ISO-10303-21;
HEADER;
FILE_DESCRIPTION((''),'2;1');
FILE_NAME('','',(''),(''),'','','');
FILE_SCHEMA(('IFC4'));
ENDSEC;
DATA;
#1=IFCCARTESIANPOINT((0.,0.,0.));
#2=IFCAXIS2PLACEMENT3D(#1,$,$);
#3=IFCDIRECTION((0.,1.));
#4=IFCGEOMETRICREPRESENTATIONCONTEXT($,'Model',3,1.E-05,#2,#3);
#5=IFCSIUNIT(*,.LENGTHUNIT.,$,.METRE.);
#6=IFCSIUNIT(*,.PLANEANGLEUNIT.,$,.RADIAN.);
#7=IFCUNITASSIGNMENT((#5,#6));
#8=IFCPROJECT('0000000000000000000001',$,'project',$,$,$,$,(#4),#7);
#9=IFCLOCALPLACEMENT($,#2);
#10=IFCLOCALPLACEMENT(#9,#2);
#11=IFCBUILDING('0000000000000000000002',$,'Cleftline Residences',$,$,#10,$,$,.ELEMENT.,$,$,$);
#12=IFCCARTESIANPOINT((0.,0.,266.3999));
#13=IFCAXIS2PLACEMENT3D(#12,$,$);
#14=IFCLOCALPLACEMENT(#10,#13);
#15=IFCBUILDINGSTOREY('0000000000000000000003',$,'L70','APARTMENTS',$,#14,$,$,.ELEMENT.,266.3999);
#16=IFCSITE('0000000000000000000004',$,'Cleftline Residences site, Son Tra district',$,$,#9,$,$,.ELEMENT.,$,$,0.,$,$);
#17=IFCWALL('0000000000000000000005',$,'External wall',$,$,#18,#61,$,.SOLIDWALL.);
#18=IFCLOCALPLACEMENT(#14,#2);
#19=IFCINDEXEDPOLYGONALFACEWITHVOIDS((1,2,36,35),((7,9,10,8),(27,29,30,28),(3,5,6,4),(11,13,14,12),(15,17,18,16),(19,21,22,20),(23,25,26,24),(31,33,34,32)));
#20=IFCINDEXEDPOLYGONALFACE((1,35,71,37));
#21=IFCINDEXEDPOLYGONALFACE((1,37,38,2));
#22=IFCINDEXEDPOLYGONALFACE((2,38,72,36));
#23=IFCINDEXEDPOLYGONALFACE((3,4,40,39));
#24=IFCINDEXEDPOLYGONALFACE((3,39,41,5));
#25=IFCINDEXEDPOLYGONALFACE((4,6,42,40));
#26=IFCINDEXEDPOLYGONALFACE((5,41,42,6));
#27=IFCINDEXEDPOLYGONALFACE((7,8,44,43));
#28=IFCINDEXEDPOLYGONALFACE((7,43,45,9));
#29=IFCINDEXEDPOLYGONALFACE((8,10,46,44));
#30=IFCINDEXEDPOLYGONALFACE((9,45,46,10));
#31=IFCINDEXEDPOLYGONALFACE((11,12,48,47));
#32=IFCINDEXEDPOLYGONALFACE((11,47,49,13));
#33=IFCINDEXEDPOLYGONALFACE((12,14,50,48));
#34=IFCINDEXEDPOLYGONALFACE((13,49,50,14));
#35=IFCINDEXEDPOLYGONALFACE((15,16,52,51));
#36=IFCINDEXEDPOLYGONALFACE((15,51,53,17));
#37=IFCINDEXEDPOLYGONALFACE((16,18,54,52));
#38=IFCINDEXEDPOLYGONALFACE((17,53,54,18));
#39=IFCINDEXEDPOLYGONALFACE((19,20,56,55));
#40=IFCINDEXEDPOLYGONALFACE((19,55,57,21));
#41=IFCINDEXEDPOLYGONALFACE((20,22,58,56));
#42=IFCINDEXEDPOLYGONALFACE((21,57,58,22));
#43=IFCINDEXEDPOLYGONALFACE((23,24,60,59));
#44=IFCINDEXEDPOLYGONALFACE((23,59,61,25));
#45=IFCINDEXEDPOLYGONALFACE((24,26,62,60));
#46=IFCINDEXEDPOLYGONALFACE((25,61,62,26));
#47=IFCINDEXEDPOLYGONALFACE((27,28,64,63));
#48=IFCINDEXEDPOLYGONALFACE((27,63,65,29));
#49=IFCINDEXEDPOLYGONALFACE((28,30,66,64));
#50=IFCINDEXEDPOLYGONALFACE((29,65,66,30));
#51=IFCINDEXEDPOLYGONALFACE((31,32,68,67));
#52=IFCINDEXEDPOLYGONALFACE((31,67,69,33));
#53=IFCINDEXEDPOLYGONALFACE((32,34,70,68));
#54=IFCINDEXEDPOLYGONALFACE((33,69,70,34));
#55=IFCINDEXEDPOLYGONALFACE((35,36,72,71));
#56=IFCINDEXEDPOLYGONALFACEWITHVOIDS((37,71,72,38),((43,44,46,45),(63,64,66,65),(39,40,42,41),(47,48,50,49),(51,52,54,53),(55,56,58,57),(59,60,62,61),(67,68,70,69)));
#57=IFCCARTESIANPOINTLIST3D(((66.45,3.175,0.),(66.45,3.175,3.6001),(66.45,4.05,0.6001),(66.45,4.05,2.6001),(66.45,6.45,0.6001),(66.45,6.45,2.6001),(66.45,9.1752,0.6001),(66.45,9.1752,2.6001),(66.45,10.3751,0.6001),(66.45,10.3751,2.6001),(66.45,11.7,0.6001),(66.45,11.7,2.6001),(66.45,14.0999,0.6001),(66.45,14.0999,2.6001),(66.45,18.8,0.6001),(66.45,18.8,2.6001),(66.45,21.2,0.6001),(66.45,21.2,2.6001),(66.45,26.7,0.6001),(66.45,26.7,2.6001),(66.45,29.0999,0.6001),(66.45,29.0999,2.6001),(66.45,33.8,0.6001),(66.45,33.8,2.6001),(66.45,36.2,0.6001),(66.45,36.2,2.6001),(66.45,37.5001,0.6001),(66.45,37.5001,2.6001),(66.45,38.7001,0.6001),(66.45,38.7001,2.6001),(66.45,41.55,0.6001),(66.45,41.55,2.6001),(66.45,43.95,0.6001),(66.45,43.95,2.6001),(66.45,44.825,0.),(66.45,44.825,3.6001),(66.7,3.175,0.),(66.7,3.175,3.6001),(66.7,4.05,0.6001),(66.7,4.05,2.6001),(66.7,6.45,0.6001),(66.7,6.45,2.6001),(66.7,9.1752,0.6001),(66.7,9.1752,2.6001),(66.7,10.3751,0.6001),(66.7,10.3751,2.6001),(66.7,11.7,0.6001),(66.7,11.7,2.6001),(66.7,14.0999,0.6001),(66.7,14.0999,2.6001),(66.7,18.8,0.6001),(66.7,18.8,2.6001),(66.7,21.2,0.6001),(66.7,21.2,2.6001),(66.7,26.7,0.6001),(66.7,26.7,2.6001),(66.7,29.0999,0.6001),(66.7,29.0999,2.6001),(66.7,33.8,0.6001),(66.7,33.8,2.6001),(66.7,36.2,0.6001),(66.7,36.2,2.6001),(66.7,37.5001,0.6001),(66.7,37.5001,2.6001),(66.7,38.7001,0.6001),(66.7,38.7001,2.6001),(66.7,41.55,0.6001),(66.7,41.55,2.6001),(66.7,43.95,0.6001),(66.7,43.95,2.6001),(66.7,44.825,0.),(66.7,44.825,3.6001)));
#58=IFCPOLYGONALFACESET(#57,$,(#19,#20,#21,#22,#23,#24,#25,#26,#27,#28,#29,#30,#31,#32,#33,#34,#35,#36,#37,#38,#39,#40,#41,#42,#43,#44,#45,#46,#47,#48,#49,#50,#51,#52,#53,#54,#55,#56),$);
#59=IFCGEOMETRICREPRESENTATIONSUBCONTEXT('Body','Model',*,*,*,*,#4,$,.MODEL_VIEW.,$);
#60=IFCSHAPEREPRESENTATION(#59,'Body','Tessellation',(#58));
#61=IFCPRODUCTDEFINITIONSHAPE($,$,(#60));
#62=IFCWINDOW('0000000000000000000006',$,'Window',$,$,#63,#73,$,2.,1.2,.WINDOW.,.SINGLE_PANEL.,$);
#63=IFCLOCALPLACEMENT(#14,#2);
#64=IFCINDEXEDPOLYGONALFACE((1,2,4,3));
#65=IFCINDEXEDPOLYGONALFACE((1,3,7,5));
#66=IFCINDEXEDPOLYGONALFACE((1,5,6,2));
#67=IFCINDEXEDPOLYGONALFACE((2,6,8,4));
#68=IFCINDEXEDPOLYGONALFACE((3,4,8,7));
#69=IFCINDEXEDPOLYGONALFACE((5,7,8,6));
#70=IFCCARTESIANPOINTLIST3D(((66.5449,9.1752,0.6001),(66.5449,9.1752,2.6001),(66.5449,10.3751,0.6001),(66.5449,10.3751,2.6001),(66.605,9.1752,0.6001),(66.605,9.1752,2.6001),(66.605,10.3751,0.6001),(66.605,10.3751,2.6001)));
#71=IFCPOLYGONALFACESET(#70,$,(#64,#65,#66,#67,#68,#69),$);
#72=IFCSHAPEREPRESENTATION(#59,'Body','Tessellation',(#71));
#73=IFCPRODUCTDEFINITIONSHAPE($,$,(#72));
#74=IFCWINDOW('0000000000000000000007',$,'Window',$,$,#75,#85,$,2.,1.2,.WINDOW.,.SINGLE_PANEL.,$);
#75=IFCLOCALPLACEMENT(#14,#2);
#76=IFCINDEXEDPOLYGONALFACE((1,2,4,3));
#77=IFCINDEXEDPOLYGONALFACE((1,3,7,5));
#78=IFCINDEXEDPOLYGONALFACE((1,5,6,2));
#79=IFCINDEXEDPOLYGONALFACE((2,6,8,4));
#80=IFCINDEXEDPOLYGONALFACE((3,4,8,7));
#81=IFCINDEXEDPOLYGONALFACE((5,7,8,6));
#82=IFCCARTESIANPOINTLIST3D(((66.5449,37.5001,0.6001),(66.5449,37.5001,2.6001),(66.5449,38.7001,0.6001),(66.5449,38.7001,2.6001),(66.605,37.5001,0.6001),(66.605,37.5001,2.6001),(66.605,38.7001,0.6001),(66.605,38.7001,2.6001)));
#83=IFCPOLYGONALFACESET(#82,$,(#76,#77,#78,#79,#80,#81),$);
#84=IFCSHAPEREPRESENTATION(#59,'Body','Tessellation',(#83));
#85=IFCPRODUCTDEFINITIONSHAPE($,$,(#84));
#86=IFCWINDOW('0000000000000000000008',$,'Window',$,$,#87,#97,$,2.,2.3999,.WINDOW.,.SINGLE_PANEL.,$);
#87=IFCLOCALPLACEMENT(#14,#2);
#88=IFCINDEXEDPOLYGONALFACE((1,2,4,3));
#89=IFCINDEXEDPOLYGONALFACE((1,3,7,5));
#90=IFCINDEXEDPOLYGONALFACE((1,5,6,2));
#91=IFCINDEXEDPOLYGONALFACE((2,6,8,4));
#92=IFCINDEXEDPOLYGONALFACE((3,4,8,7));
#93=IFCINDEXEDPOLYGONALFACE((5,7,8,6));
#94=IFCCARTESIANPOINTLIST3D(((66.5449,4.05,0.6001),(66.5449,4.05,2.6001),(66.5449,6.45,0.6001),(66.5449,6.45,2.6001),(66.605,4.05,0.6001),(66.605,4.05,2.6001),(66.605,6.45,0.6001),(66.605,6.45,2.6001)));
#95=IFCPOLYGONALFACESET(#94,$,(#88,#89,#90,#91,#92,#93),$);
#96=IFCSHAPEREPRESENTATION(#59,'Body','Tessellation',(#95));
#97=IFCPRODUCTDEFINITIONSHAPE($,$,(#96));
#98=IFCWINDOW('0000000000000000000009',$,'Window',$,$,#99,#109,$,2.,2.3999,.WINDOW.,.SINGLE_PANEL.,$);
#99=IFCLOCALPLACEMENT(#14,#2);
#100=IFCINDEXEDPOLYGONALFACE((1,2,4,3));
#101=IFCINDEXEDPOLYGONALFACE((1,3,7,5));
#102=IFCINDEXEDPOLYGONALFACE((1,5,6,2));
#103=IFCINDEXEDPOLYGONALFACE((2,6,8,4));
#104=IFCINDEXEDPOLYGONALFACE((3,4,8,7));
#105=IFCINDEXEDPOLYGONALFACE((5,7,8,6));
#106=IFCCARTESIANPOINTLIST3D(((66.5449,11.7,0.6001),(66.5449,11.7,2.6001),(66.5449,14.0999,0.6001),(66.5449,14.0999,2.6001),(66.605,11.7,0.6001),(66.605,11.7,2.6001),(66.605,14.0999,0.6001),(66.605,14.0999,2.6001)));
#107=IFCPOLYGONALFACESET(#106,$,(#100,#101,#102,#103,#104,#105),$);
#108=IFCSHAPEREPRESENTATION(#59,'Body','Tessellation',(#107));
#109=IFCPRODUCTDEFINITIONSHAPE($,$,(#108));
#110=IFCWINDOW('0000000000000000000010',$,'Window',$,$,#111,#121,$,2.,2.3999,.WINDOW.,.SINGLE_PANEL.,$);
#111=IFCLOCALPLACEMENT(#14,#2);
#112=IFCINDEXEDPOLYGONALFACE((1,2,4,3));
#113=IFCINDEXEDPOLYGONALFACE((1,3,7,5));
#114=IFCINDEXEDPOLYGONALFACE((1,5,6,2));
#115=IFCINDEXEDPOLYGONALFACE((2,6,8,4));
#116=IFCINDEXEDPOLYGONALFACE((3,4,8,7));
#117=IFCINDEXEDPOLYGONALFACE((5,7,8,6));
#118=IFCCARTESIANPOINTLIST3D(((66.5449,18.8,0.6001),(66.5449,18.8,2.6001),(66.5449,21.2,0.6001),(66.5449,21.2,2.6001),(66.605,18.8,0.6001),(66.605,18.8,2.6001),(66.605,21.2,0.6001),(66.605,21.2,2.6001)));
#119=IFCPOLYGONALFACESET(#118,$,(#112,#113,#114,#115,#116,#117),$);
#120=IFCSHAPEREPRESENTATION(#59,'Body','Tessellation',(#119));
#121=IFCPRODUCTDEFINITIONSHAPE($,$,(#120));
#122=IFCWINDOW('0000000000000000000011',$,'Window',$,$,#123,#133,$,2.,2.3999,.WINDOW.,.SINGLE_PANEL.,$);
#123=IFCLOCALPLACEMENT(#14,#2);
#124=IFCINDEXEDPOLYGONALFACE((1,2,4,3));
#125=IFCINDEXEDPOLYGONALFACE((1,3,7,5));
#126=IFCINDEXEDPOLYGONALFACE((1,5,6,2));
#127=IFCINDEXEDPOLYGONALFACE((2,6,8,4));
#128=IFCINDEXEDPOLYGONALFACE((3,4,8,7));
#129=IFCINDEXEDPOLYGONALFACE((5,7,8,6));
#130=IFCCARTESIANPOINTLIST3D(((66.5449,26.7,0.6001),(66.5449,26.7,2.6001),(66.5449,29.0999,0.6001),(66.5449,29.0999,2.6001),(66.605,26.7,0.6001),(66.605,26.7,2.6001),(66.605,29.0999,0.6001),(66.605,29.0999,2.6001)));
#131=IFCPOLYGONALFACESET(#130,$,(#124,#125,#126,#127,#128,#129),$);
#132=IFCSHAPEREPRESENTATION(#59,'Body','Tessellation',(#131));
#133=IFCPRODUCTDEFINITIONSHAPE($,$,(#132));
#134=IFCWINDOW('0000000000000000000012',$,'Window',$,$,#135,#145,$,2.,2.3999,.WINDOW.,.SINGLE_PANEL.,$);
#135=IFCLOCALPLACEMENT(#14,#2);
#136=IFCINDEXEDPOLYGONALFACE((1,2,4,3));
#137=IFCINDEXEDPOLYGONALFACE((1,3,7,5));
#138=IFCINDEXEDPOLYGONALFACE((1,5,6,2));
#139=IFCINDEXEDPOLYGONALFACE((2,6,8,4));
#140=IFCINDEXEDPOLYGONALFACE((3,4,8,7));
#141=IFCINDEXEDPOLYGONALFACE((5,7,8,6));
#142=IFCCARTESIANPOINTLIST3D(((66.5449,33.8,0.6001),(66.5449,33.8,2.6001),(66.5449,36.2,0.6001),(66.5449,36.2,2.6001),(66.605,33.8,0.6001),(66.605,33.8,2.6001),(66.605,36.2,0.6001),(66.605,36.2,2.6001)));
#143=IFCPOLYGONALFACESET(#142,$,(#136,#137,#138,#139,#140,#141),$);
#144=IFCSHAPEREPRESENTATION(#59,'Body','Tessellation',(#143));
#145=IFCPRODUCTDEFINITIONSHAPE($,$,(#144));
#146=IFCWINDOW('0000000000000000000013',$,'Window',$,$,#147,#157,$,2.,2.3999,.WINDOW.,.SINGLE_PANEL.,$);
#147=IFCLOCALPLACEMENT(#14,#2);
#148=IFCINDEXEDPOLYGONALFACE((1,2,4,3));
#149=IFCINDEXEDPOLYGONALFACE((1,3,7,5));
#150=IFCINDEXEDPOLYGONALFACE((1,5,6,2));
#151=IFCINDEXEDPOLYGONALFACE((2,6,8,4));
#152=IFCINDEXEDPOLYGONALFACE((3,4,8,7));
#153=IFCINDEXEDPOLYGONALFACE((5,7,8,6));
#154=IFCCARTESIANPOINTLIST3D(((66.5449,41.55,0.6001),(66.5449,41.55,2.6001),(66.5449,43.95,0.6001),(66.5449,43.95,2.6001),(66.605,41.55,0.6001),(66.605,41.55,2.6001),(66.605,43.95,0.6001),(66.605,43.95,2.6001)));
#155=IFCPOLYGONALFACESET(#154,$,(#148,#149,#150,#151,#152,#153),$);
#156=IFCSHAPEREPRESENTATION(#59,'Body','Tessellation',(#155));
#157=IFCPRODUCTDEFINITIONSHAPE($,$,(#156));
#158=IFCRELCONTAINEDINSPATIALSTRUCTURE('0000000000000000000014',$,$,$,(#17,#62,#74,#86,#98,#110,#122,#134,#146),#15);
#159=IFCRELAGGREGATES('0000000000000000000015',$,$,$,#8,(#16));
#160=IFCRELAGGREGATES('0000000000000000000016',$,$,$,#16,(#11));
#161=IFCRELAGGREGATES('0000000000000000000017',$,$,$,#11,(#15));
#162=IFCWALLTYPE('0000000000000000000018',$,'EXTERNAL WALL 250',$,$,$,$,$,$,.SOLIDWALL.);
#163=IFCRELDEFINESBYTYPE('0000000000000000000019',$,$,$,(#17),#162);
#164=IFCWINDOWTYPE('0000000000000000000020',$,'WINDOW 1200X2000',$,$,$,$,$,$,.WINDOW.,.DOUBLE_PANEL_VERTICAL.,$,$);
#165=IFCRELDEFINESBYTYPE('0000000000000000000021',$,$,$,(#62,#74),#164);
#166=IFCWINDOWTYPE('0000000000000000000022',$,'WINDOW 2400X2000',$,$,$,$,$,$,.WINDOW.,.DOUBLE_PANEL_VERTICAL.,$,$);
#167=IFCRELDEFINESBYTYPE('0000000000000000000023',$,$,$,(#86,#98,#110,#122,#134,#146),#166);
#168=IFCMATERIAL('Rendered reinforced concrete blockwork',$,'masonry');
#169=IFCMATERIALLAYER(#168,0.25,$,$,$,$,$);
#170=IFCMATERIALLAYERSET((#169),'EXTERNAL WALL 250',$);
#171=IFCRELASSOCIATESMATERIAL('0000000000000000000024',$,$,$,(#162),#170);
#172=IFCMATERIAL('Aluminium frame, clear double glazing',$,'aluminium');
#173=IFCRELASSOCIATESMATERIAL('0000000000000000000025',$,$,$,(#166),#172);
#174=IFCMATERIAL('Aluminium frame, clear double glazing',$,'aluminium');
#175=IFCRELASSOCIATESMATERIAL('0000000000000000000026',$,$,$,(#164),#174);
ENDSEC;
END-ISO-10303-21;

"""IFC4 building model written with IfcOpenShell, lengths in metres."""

from ifc_helpers import new_model, si_unit, direction, frame, frame_2d, origin, place, context, subcontext, project, spatial, rectangle, extrude, material, layer, layer_set, type_object, element, fill, save


model = new_model("IFC4")

# Units and contexts
model_context = context("Model", 3, precision=1e-05, world=origin(), true_north=direction((0.0, 1.0)))
body_context = subcontext(model_context, "Body", "Model", "MODEL_VIEW")
ifc_project = project(units=[si_unit("LENGTHUNIT", "METRE"), si_unit("PLANEANGLEUNIT", "RADIAN")], contexts=[model_context])

# Site, building, storey
site_placement = place(None, origin())
site = spatial("IfcSite", under=ifc_project, at=site_placement, Name="Cleftline Residences site, Son Tra district", CompositionType="ELEMENT", RefElevation=0.0)
building_placement = place(site_placement, origin())
building = spatial("IfcBuilding", under=site, at=building_placement, Name="Cleftline Residences", CompositionType="ELEMENT")
storey_placement = place(building_placement, frame((0.0, 0.0, 266.3999)))
storey = spatial("IfcBuildingStorey", under=building, at=storey_placement, Name="L70", Description="APARTMENTS", CompositionType="ELEMENT", Elevation=266.3999)

# Shared definitions
ifc_material_1 = material(Name="Rendered reinforced concrete blockwork", Category="masonry")
ifc_layer_1 = layer(ifc_material_1, 0.25)
ifc_layer_set_1 = layer_set([ifc_layer_1], Name="EXTERNAL WALL 250")
wall_type = type_object("IfcWallType", Name="EXTERNAL WALL 250", PredefinedType="SOLIDWALL", material=ifc_layer_set_1)
ifc_material_2 = material(Name="Aluminium frame, clear double glazing", Category="aluminium")
window_type_1 = type_object("IfcWindowType", Name="WINDOW 2400X2000", PartitioningType="DOUBLE_PANEL_VERTICAL", PredefinedType="WINDOW", material=ifc_material_2)

# Wall, openings, windows
wall_1_placement = place(storey_placement, frame((66.575, 3.175, 0.0), z_axis=(0.0, 0.0, 1.0), x_axis=(0.0, 1.0, 0.0)))
wall_1 = element("IfcWall", 1, at=wall_1_placement, inside=storey, type_object=wall_type, Name="External wall", PredefinedType="SOLIDWALL", context=body_context, shape_type="SweptSolid", body=[
    extrude(rectangle(XDim=41.6499, YDim=0.25, at=frame_2d((20.825, 0.0))), origin(), (0.0, 0.0, 1.0), 3.6001),
])
opening_1_placement = place(wall_1_placement, frame((0.875, 0.0, 0.6001)))
opening_1 = element("IfcOpeningElement", 2, at=opening_1_placement, cuts=wall_1, PredefinedType="OPENING", context=body_context, shape_type="SweptSolid", body=[
    extrude(rectangle(XDim=2.3999, YDim=2.0, at=frame_2d((1.2, 1.0))), frame((0.0, 0.135, 0.0), z_axis=(0.0, -1.0, 0.0), x_axis=(1.0, 0.0, 0.0)), (0.0, 0.0, 1.0), 0.27),
])
opening_2_placement = place(wall_1_placement, frame((6.0, 0.0, 0.6001)))
opening_2 = element("IfcOpeningElement", 3, at=opening_2_placement, cuts=wall_1, PredefinedType="OPENING", context=body_context, shape_type="SweptSolid", body=[
    extrude(rectangle(XDim=1.2, YDim=2.0, at=frame_2d((0.6001, 1.0))), frame((0.0, 0.135, 0.0), z_axis=(0.0, -1.0, 0.0), x_axis=(1.0, 0.0, 0.0)), (0.0, 0.0, 1.0), 0.27),
])
opening_3_placement = place(wall_1_placement, frame((8.5249, 0.0, 0.6001)))
opening_3 = element("IfcOpeningElement", 4, at=opening_3_placement, cuts=wall_1, PredefinedType="OPENING", context=body_context, shape_type="SweptSolid", body=[
    extrude(rectangle(XDim=2.3999, YDim=2.0, at=frame_2d((1.2, 1.0))), frame((0.0, 0.135, 0.0), z_axis=(0.0, -1.0, 0.0), x_axis=(1.0, 0.0, 0.0)), (0.0, 0.0, 1.0), 0.27),
])
opening_4_placement = place(wall_1_placement, frame((15.625, 0.0, 0.6001)))
opening_4 = element("IfcOpeningElement", 5, at=opening_4_placement, cuts=wall_1, PredefinedType="OPENING", context=body_context, shape_type="SweptSolid", body=[
    extrude(rectangle(XDim=2.3999, YDim=2.0, at=frame_2d((1.2, 1.0))), frame((0.0, 0.135, 0.0), z_axis=(0.0, -1.0, 0.0), x_axis=(1.0, 0.0, 0.0)), (0.0, 0.0, 1.0), 0.27),
])
opening_5_placement = place(wall_1_placement, frame((23.5249, 0.0, 0.6001)))
opening_5 = element("IfcOpeningElement", 6, at=opening_5_placement, cuts=wall_1, PredefinedType="OPENING", context=body_context, shape_type="SweptSolid", body=[
    extrude(rectangle(XDim=2.3999, YDim=2.0, at=frame_2d((1.2, 1.0))), frame((0.0, 0.135, 0.0), z_axis=(0.0, -1.0, 0.0), x_axis=(1.0, 0.0, 0.0)), (0.0, 0.0, 1.0), 0.27),
])
opening_6_placement = place(wall_1_placement, frame((30.625, 0.0, 0.6001)))
opening_6 = element("IfcOpeningElement", 7, at=opening_6_placement, cuts=wall_1, PredefinedType="OPENING", context=body_context, shape_type="SweptSolid", body=[
    extrude(rectangle(XDim=2.3999, YDim=2.0, at=frame_2d((1.2, 1.0))), frame((0.0, 0.135, 0.0), z_axis=(0.0, -1.0, 0.0), x_axis=(1.0, 0.0, 0.0)), (0.0, 0.0, 1.0), 0.27),
])
opening_7_placement = place(wall_1_placement, frame((34.325, 0.0, 0.6001)))
opening_7 = element("IfcOpeningElement", 8, at=opening_7_placement, cuts=wall_1, PredefinedType="OPENING", context=body_context, shape_type="SweptSolid", body=[
    extrude(rectangle(XDim=1.2, YDim=2.0, at=frame_2d((0.6001, 1.0))), frame((0.0, 0.135, 0.0), z_axis=(0.0, -1.0, 0.0), x_axis=(1.0, 0.0, 0.0)), (0.0, 0.0, 1.0), 0.27),
])
opening_8_placement = place(wall_1_placement, frame((38.375, 0.0, 0.6001)))
opening_8 = element("IfcOpeningElement", 9, at=opening_8_placement, cuts=wall_1, PredefinedType="OPENING", context=body_context, shape_type="SweptSolid", body=[
    extrude(rectangle(XDim=2.3999, YDim=2.0, at=frame_2d((1.2, 1.0))), frame((0.0, 0.135, 0.0), z_axis=(0.0, -1.0, 0.0), x_axis=(1.0, 0.0, 0.0)), (0.0, 0.0, 1.0), 0.27),
])
ifc_material_3 = material(Name="Aluminium frame, clear double glazing", Category="aluminium")
window_type_2 = type_object("IfcWindowType", Name="WINDOW 1200X2000", PartitioningType="DOUBLE_PANEL_VERTICAL", PredefinedType="WINDOW", material=ifc_material_3)
window_1_placement = place(opening_2_placement, origin())
window_1 = element("IfcWindow", 10, at=window_1_placement, inside=storey, type_object=window_type_2, Name="Window", OverallHeight=2.0, OverallWidth=1.2, PartitioningType="SINGLE_PANEL", PredefinedType="WINDOW", context=body_context, shape_type="SweptSolid", body=[
    extrude(rectangle(XDim=1.2, YDim=2.0, at=frame_2d((0.6001, 1.0))), frame((0.0, 0.03, 0.0), z_axis=(0.0, -1.0, 0.0), x_axis=(1.0, 0.0, 0.0)), (0.0, 0.0, 1.0), 0.0601),
])
fill(opening_2, window_1)
window_2_placement = place(opening_7_placement, origin())
window_2 = element("IfcWindow", 11, at=window_2_placement, inside=storey, type_object=window_type_2, Name="Window", OverallHeight=2.0, OverallWidth=1.2, PartitioningType="SINGLE_PANEL", PredefinedType="WINDOW", context=body_context, shape_type="SweptSolid", body=[
    extrude(rectangle(XDim=1.2, YDim=2.0, at=frame_2d((0.6001, 1.0))), frame((0.0, 0.03, 0.0), z_axis=(0.0, -1.0, 0.0), x_axis=(1.0, 0.0, 0.0)), (0.0, 0.0, 1.0), 0.0601),
])
fill(opening_7, window_2)
window_3_placement = place(opening_1_placement, origin())
window_3 = element("IfcWindow", 12, at=window_3_placement, inside=storey, type_object=window_type_1, Name="Window", OverallHeight=2.0, OverallWidth=2.3999, PartitioningType="SINGLE_PANEL", PredefinedType="WINDOW", context=body_context, shape_type="SweptSolid", body=[
    extrude(rectangle(XDim=2.3999, YDim=2.0, at=frame_2d((1.2, 1.0))), frame((0.0, 0.03, 0.0), z_axis=(0.0, -1.0, 0.0), x_axis=(1.0, 0.0, 0.0)), (0.0, 0.0, 1.0), 0.0601),
])
fill(opening_1, window_3)
window_4_placement = place(opening_3_placement, origin())
window_4 = element("IfcWindow", 13, at=window_4_placement, inside=storey, type_object=window_type_1, Name="Window", OverallHeight=2.0, OverallWidth=2.3999, PartitioningType="SINGLE_PANEL", PredefinedType="WINDOW", context=body_context, shape_type="SweptSolid", body=[
    extrude(rectangle(XDim=2.3999, YDim=2.0, at=frame_2d((1.2, 1.0))), frame((0.0, 0.03, 0.0), z_axis=(0.0, -1.0, 0.0), x_axis=(1.0, 0.0, 0.0)), (0.0, 0.0, 1.0), 0.0601),
])
fill(opening_3, window_4)
window_5_placement = place(opening_4_placement, origin())
window_5 = element("IfcWindow", 14, at=window_5_placement, inside=storey, type_object=window_type_1, Name="Window", OverallHeight=2.0, OverallWidth=2.3999, PartitioningType="SINGLE_PANEL", PredefinedType="WINDOW", context=body_context, shape_type="SweptSolid", body=[
    extrude(rectangle(XDim=2.3999, YDim=2.0, at=frame_2d((1.2, 1.0))), frame((0.0, 0.03, 0.0), z_axis=(0.0, -1.0, 0.0), x_axis=(1.0, 0.0, 0.0)), (0.0, 0.0, 1.0), 0.0601),
])
fill(opening_4, window_5)
window_6_placement = place(opening_5_placement, origin())
window_6 = element("IfcWindow", 15, at=window_6_placement, inside=storey, type_object=window_type_1, Name="Window", OverallHeight=2.0, OverallWidth=2.3999, PartitioningType="SINGLE_PANEL", PredefinedType="WINDOW", context=body_context, shape_type="SweptSolid", body=[
    extrude(rectangle(XDim=2.3999, YDim=2.0, at=frame_2d((1.2, 1.0))), frame((0.0, 0.03, 0.0), z_axis=(0.0, -1.0, 0.0), x_axis=(1.0, 0.0, 0.0)), (0.0, 0.0, 1.0), 0.0601),
])
fill(opening_5, window_6)
window_7_placement = place(opening_6_placement, origin())
window_7 = element("IfcWindow", 16, at=window_7_placement, inside=storey, type_object=window_type_1, Name="Window", OverallHeight=2.0, OverallWidth=2.3999, PartitioningType="SINGLE_PANEL", PredefinedType="WINDOW", context=body_context, shape_type="SweptSolid", body=[
    extrude(rectangle(XDim=2.3999, YDim=2.0, at=frame_2d((1.2, 1.0))), frame((0.0, 0.03, 0.0), z_axis=(0.0, -1.0, 0.0), x_axis=(1.0, 0.0, 0.0)), (0.0, 0.0, 1.0), 0.0601),
])
fill(opening_6, window_7)
window_8_placement = place(opening_8_placement, origin())
window_8 = element("IfcWindow", 17, at=window_8_placement, inside=storey, type_object=window_type_1, Name="Window", OverallHeight=2.0, OverallWidth=2.3999, PartitioningType="SINGLE_PANEL", PredefinedType="WINDOW", context=body_context, shape_type="SweptSolid", body=[
    extrude(rectangle(XDim=2.3999, YDim=2.0, at=frame_2d((1.2, 1.0))), frame((0.0, 0.03, 0.0), z_axis=(0.0, -1.0, 0.0), x_axis=(1.0, 0.0, 0.0)), (0.0, 0.0, 1.0), 0.0601),
])
fill(opening_8, window_8)

save(model, "model.ifc")
